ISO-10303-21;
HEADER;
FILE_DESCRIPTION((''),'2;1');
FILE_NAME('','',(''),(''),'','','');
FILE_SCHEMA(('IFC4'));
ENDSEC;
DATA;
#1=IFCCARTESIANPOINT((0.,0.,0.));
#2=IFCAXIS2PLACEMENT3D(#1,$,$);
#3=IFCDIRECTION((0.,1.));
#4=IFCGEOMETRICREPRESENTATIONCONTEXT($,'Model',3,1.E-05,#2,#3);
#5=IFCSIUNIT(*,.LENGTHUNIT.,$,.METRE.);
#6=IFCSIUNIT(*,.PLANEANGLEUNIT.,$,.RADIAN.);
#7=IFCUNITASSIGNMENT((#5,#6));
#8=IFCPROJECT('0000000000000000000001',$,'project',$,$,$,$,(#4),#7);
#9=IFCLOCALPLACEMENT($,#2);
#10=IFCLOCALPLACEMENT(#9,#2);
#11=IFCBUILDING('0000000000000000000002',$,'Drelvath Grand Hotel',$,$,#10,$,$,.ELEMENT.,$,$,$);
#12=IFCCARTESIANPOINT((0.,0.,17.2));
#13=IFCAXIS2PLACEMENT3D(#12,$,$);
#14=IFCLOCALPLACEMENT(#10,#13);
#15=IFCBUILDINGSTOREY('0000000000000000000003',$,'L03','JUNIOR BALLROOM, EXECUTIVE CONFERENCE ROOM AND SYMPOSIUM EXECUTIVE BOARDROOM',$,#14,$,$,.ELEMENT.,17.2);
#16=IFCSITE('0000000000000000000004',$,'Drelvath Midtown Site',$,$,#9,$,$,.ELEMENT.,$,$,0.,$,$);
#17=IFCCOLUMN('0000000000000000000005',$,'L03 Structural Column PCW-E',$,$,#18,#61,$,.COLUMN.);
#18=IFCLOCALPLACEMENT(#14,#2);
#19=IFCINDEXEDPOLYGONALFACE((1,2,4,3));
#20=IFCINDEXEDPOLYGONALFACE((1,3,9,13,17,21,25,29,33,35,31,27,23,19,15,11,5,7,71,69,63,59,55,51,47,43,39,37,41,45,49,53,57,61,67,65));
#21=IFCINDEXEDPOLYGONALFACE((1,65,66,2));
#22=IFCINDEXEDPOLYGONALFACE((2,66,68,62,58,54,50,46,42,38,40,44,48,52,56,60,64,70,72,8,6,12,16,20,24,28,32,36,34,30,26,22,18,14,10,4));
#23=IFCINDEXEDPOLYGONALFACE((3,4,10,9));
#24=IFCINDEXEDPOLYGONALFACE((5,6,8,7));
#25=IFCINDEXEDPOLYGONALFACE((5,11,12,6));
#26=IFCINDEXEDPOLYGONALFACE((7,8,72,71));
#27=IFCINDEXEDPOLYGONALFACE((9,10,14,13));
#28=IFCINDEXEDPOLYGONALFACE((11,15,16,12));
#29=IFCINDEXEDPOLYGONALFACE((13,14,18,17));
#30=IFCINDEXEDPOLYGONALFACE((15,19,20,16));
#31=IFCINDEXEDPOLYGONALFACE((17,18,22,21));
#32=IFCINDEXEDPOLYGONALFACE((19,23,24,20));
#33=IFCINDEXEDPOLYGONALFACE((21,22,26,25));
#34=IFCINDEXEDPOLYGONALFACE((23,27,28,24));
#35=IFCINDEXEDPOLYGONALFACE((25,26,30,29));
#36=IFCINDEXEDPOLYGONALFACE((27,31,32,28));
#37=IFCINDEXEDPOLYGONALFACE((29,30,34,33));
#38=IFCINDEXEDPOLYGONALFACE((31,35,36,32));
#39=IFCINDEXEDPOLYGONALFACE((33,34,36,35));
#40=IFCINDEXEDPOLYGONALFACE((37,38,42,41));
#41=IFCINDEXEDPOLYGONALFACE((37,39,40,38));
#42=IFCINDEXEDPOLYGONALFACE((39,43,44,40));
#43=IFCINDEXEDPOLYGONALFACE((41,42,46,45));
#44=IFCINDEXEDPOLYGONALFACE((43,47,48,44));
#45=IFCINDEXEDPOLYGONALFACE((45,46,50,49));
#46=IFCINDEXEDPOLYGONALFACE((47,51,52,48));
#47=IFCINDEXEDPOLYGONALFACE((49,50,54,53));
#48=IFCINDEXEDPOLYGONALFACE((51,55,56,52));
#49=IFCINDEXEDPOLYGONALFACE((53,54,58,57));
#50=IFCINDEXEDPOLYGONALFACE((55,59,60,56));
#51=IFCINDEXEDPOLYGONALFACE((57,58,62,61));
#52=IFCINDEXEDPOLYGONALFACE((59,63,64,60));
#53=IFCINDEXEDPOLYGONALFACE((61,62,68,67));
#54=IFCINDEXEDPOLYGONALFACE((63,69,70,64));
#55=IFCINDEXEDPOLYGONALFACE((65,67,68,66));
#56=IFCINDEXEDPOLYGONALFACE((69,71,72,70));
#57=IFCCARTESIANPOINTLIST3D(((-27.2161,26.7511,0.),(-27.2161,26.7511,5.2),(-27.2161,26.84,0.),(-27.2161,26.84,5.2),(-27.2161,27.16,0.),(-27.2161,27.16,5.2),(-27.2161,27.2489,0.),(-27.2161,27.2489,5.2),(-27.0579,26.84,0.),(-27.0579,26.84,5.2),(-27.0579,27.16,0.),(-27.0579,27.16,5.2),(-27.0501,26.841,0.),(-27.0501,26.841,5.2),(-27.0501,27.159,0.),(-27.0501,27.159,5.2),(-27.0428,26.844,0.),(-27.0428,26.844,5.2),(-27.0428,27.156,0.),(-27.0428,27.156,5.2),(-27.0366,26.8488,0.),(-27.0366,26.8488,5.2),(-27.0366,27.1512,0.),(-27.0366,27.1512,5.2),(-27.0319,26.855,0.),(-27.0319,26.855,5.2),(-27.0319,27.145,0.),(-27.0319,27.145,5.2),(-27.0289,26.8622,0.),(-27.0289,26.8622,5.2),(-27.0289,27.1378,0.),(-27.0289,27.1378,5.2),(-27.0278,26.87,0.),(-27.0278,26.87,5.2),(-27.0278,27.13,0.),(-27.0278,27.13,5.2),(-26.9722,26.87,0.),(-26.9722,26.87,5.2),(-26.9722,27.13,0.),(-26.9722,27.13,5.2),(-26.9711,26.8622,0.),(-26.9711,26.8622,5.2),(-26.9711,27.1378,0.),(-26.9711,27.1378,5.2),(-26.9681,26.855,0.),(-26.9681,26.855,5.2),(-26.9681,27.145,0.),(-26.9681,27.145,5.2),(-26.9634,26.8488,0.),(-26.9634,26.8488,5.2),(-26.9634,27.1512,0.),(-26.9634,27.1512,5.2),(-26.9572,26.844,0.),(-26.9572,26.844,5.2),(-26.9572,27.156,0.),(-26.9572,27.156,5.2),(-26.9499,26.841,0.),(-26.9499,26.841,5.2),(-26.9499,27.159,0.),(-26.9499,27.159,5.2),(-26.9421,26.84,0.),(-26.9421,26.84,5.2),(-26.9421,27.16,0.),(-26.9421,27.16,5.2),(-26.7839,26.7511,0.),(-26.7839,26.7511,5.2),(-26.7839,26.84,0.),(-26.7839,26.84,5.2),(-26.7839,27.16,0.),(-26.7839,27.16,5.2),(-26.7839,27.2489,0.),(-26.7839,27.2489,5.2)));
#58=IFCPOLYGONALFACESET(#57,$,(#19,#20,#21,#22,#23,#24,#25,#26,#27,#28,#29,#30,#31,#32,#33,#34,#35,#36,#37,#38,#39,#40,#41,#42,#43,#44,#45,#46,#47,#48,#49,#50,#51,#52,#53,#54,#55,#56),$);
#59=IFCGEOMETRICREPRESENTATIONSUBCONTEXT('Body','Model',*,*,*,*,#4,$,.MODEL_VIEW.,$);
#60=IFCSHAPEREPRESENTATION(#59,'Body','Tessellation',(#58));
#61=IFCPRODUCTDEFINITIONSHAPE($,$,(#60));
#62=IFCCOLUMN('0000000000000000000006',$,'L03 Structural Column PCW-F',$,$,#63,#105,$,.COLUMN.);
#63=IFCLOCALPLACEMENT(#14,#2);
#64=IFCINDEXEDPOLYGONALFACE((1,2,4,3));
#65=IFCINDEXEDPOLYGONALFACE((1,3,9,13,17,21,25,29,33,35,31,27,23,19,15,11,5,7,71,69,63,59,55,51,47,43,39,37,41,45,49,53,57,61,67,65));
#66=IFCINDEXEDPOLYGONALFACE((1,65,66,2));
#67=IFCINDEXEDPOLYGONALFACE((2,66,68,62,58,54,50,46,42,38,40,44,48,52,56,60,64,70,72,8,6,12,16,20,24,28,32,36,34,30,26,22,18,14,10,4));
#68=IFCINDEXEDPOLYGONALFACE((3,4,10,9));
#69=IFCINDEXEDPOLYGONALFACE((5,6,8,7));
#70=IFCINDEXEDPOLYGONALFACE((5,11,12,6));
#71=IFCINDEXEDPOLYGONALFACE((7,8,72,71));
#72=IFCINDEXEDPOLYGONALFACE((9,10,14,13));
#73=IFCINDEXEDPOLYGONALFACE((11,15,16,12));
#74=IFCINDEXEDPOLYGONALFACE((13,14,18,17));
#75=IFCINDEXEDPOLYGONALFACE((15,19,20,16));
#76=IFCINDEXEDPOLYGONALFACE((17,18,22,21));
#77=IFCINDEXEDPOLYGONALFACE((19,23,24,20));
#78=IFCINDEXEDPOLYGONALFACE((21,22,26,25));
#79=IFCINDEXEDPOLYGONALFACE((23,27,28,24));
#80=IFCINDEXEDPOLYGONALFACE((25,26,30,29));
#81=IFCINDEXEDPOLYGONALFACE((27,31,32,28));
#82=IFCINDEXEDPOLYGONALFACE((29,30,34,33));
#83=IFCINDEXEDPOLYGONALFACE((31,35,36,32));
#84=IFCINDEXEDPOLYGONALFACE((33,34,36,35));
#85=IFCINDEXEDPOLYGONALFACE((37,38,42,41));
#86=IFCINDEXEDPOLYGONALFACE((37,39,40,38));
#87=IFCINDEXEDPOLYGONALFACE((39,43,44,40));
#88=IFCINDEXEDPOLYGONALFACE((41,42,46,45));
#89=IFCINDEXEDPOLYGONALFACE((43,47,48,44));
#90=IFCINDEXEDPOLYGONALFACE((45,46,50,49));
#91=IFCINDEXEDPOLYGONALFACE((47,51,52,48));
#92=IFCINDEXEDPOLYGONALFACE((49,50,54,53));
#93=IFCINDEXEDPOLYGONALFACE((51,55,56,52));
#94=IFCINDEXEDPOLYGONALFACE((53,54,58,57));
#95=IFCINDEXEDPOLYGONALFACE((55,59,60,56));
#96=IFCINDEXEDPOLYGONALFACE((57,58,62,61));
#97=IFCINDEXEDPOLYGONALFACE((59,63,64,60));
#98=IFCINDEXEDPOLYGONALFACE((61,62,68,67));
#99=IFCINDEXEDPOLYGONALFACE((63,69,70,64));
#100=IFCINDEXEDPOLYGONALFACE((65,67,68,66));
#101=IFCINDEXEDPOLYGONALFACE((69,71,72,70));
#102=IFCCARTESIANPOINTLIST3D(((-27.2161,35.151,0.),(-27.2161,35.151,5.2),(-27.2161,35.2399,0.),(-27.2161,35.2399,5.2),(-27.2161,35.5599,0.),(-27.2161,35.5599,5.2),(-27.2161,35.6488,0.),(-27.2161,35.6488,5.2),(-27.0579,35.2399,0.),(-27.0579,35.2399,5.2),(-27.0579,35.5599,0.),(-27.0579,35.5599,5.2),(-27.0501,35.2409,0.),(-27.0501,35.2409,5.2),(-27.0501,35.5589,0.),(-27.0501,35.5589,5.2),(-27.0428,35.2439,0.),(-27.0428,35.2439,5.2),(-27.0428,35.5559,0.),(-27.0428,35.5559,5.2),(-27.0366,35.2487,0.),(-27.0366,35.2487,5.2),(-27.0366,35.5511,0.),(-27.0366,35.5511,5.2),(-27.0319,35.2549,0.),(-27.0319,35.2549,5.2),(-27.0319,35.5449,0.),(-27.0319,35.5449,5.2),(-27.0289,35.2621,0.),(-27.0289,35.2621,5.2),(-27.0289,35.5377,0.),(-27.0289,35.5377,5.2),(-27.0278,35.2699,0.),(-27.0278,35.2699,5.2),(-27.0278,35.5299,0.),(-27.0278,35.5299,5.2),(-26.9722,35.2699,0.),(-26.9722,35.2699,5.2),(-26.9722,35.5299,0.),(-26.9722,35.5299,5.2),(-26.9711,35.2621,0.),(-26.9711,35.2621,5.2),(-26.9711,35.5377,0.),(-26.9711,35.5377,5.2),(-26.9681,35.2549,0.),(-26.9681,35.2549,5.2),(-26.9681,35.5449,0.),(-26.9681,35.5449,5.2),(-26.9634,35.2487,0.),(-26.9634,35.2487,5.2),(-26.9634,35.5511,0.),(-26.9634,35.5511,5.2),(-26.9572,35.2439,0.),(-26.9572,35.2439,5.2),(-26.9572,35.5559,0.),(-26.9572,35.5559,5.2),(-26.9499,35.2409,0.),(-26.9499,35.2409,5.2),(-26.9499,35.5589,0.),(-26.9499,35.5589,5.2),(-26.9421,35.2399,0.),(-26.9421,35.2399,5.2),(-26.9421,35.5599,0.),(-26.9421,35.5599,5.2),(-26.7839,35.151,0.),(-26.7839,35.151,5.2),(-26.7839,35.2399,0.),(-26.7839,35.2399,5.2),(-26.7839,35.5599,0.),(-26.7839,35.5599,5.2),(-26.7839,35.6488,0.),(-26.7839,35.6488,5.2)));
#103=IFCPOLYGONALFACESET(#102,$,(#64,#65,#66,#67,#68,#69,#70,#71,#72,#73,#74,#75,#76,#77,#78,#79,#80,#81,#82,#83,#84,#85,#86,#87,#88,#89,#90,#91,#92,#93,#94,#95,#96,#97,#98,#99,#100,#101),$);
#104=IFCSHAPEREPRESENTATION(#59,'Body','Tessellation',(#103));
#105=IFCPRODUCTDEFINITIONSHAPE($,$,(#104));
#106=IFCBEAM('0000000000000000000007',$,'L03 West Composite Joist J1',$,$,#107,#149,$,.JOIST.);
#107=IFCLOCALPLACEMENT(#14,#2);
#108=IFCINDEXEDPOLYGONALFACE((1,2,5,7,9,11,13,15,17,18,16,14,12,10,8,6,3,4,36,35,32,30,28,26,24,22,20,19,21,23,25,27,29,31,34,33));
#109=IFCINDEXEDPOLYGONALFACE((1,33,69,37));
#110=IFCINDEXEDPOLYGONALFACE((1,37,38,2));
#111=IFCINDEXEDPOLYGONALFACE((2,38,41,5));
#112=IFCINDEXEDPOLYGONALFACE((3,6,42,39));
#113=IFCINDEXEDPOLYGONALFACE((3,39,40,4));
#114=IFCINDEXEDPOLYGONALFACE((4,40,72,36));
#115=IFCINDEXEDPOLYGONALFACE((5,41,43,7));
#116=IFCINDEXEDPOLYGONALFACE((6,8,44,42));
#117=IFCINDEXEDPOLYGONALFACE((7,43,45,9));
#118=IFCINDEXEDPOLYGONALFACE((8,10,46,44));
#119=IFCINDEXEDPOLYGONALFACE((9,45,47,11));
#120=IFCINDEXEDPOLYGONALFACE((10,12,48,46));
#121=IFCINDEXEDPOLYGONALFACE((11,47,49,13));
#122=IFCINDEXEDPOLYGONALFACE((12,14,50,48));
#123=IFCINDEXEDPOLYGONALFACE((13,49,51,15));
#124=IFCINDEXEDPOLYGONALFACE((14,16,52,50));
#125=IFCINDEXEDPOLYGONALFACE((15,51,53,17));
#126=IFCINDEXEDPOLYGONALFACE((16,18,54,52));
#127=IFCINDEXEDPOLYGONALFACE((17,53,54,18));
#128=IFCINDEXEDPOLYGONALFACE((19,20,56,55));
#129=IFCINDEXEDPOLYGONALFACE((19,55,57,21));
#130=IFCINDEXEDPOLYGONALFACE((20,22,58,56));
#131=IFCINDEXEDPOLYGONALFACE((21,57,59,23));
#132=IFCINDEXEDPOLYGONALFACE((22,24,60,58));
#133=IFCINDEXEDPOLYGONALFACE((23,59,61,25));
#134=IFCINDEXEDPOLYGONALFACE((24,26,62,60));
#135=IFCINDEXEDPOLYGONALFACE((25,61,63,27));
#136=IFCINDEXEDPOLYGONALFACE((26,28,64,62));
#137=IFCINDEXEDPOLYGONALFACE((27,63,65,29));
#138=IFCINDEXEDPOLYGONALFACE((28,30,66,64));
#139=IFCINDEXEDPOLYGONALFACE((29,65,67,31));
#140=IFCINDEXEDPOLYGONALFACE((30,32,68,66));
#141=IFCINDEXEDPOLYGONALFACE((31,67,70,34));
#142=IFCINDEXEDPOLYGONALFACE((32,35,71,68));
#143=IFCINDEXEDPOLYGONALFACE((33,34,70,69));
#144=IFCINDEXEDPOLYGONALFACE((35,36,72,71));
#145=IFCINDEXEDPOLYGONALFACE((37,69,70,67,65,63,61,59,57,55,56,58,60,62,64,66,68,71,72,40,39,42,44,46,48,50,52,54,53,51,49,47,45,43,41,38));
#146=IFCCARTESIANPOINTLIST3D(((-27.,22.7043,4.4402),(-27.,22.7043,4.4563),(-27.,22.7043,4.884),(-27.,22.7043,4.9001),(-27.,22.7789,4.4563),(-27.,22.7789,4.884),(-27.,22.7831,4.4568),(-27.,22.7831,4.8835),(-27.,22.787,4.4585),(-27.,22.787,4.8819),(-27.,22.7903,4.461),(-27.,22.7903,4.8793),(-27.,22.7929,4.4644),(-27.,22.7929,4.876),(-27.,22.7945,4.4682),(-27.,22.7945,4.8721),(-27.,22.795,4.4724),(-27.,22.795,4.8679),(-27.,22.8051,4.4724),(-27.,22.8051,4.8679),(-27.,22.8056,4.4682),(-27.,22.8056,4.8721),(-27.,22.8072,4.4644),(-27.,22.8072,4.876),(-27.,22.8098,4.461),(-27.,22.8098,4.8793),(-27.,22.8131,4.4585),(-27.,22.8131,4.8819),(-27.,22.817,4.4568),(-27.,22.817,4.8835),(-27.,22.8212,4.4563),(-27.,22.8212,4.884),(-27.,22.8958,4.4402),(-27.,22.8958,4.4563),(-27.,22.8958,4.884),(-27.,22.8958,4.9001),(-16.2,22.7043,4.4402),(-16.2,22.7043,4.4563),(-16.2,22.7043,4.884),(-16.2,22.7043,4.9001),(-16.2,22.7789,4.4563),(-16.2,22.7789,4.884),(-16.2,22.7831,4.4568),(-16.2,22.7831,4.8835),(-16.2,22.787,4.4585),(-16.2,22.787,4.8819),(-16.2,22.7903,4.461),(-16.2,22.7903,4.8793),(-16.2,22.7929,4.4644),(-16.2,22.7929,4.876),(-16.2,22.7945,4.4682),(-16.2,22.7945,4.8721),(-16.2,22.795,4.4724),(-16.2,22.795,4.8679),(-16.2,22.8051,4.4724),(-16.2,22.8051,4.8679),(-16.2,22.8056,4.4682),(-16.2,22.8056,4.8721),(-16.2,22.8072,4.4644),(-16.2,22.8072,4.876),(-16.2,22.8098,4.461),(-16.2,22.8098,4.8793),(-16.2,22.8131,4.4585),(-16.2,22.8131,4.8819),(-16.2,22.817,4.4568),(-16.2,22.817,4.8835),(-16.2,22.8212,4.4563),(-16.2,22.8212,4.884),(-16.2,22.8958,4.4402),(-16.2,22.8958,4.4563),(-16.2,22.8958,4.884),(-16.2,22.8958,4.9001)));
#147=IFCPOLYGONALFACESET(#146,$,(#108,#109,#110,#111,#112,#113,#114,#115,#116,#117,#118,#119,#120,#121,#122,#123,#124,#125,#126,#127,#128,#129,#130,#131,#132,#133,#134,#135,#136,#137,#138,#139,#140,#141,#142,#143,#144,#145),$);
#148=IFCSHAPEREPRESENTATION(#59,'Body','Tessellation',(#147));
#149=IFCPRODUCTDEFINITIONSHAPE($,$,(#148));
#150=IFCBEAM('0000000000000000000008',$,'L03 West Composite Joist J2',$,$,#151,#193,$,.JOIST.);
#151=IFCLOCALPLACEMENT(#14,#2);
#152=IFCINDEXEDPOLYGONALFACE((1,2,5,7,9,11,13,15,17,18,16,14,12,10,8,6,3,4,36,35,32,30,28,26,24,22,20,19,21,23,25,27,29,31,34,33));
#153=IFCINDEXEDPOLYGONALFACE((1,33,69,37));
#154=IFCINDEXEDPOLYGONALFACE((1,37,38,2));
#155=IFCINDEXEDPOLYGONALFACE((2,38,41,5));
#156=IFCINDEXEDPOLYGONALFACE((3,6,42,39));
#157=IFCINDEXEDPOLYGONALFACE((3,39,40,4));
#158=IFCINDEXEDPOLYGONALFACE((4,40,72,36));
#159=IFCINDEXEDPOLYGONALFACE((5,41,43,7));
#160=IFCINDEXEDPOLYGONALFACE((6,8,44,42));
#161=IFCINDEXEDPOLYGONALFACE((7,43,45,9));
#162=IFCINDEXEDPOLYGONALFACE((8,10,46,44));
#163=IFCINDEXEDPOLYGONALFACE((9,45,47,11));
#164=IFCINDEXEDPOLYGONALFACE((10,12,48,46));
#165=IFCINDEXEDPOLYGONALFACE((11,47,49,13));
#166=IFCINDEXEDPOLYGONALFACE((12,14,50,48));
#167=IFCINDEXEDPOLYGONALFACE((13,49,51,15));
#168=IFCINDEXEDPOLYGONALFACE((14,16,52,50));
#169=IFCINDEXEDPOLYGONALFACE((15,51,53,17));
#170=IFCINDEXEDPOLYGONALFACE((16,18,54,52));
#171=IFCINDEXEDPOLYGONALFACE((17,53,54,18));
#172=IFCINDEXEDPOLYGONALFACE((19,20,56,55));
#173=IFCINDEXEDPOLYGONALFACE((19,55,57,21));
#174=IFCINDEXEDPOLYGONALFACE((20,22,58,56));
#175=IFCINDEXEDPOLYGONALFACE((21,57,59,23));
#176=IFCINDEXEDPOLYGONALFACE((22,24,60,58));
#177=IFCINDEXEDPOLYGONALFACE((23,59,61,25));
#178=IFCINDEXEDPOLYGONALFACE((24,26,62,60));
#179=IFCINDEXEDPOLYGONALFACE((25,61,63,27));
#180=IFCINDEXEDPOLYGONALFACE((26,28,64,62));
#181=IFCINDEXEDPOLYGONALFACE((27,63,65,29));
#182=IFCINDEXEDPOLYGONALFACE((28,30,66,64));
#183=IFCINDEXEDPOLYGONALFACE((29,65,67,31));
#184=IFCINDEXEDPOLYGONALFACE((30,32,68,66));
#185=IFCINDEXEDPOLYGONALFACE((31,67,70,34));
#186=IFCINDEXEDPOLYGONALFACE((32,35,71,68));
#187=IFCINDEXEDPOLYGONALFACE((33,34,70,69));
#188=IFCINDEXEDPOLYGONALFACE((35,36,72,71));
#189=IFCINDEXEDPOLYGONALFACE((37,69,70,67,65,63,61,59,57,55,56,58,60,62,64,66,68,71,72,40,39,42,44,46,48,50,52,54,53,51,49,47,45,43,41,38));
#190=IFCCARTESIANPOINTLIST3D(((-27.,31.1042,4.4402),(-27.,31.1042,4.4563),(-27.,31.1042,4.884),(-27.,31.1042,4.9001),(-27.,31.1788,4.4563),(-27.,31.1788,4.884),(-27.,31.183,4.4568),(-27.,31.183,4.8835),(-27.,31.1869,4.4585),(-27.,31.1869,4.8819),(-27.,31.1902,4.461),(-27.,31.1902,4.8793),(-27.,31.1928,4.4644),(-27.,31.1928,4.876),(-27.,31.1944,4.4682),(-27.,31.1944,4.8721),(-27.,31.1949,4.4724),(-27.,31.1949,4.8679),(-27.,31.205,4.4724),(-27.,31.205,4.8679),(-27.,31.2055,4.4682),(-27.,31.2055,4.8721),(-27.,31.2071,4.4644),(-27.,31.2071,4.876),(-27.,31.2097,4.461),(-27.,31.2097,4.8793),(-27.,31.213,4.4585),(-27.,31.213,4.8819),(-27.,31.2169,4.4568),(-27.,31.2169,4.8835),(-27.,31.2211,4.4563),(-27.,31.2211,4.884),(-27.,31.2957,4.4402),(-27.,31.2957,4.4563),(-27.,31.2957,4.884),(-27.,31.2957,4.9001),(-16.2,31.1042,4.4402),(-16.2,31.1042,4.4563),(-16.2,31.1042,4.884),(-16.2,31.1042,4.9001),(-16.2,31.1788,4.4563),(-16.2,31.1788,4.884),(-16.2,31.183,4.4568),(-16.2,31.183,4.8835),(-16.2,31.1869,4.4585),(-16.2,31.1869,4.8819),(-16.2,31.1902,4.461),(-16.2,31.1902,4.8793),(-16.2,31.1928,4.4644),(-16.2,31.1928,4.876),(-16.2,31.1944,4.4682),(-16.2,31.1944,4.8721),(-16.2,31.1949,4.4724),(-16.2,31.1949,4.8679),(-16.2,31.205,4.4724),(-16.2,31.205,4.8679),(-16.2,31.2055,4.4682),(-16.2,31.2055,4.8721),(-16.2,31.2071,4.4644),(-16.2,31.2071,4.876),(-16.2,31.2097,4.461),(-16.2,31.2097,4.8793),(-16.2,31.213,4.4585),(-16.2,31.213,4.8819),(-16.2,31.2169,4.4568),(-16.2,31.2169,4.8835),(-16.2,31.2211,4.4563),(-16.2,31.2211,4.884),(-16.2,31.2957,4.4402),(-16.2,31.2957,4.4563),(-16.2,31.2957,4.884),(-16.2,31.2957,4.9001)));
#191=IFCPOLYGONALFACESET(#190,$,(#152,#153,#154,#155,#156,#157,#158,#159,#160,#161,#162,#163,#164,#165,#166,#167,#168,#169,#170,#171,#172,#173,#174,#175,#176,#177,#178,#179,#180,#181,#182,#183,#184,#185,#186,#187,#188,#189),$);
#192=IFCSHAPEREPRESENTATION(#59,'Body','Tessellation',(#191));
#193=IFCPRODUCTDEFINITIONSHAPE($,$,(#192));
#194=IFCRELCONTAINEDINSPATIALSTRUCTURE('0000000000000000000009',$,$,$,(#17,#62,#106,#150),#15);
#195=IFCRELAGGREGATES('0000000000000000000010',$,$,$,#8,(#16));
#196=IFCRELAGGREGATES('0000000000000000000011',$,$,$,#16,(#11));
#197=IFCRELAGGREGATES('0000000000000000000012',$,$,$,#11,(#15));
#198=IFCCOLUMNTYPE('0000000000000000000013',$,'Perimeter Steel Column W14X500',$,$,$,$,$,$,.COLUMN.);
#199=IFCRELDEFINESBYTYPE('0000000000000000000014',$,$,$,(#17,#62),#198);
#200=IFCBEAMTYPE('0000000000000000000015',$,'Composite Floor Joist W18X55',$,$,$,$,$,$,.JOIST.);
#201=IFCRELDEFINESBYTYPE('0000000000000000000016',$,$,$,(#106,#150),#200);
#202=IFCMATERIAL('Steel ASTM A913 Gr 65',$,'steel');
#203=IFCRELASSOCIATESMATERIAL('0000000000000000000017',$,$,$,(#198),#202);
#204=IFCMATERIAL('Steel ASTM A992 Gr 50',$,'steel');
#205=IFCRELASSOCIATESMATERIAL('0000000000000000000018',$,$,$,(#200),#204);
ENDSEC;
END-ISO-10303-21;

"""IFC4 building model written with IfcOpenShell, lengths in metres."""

from ifc_helpers import new_model, si_unit, direction, frame, origin, origin_2d, place, context, subcontext, project, spatial, i_section, extrude, material, material_profile, profile_set, type_object, element, save


model = new_model("IFC4")

# Units and contexts
model_context = context("Model", 3, precision=1e-05, world=origin(), true_north=direction((0.0, 1.0)))
body_context = subcontext(model_context, "Body", "Model", "MODEL_VIEW")
ifc_project = project(units=[si_unit("LENGTHUNIT", "METRE"), si_unit("PLANEANGLEUNIT", "RADIAN")], contexts=[model_context])

# Site, building, storey
site_placement = place(None, origin())
site = spatial("IfcSite", under=ifc_project, at=site_placement, Name="Drelvath Midtown Site", CompositionType="ELEMENT", RefElevation=0.0)
building_placement = place(site_placement, origin())
building = spatial("IfcBuilding", under=site, at=building_placement, Name="Drelvath Grand Hotel", CompositionType="ELEMENT")
storey_placement = place(building_placement, frame((0.0, 0.0, 17.2)))
storey = spatial("IfcBuildingStorey", under=building, at=storey_placement, Name="L03", Description="JUNIOR BALLROOM, EXECUTIVE CONFERENCE ROOM AND SYMPOSIUM EXECUTIVE BOARDROOM", CompositionType="ELEMENT", Elevation=17.2)

# Columns
ifc_material_1 = material(Name="Steel ASTM A913 Gr 65", Category="steel")
ifc_material_profile_1 = material_profile(ifc_material_1, i_section(OverallWidth=0.4321, OverallDepth=0.4978, WebThickness=0.0557, FlangeThickness=0.0889, FilletRadius=0.03, at=origin_2d()), Name="W14X500")
ifc_profile_set_1 = profile_set([ifc_material_profile_1], Name="Steel ASTM A913 Gr 65")
column_type = type_object("IfcColumnType", Name="Perimeter Steel Column W14X500", PredefinedType="COLUMN", material=ifc_profile_set_1)
for number, where, z_axis, x_axis, name in (
    (1, (-27.0, 27.0, 0.0), (0.0, 0.0, 1.0), (1.0, 0.0, 0.0), "L03 Structural Column PCW-E"),
    (2, (-27.0, 35.3999, 0.0), (0.0, 0.0, 1.0), (1.0, 0.0, 0.0), "L03 Structural Column PCW-F"),
):
    element("IfcColumn", number, at=place(storey_placement, frame(where, z_axis=z_axis, x_axis=x_axis)), inside=storey, type_object=column_type, Name=name, PredefinedType="COLUMN", context=body_context, shape_type="SweptSolid", body=[
        extrude(i_section(OverallWidth=0.4321, OverallDepth=0.4978, WebThickness=0.0557, FlangeThickness=0.0889, FilletRadius=0.03, at=origin_2d()), origin(), (0.0, 0.0, 1.0), 5.2),
    ])

# Beams
ifc_material_2 = material(Name="Steel ASTM A992 Gr 50", Category="steel")
ifc_material_profile_2 = material_profile(ifc_material_2, i_section(OverallWidth=0.1914, OverallDepth=0.46, WebThickness=0.01, FlangeThickness=0.0161, FilletRadius=0.0161, at=origin_2d()), Name="W18X55")
ifc_profile_set_2 = profile_set([ifc_material_profile_2], Name="Steel ASTM A992 Gr 50")
beam_type_1 = type_object("IfcBeamType", Name="Composite Floor Joist W18X55", PredefinedType="JOIST", material=ifc_profile_set_2)
for number, where, z_axis, x_axis, name in (
    (3, (-27.0, 22.8, 4.6702), (1.0, 0.0, 0.0), (0.0, 1.0, 0.0), "L03 West Composite Joist J1"),
    (4, (-27.0, 31.2, 4.6702), (1.0, 0.0, 0.0), (0.0, 1.0, 0.0), "L03 West Composite Joist J2"),
):
    element("IfcBeam", number, at=place(storey_placement, frame(where, z_axis=z_axis, x_axis=x_axis)), inside=storey, type_object=beam_type_1, Name=name, PredefinedType="JOIST", context=body_context, shape_type="SweptSolid", body=[
        extrude(i_section(OverallWidth=0.1914, OverallDepth=0.46, WebThickness=0.01, FlangeThickness=0.0161, FilletRadius=0.0161, at=origin_2d()), origin(), (0.0, 0.0, 1.0), 10.8),
    ])

save(model, "model.ifc")
